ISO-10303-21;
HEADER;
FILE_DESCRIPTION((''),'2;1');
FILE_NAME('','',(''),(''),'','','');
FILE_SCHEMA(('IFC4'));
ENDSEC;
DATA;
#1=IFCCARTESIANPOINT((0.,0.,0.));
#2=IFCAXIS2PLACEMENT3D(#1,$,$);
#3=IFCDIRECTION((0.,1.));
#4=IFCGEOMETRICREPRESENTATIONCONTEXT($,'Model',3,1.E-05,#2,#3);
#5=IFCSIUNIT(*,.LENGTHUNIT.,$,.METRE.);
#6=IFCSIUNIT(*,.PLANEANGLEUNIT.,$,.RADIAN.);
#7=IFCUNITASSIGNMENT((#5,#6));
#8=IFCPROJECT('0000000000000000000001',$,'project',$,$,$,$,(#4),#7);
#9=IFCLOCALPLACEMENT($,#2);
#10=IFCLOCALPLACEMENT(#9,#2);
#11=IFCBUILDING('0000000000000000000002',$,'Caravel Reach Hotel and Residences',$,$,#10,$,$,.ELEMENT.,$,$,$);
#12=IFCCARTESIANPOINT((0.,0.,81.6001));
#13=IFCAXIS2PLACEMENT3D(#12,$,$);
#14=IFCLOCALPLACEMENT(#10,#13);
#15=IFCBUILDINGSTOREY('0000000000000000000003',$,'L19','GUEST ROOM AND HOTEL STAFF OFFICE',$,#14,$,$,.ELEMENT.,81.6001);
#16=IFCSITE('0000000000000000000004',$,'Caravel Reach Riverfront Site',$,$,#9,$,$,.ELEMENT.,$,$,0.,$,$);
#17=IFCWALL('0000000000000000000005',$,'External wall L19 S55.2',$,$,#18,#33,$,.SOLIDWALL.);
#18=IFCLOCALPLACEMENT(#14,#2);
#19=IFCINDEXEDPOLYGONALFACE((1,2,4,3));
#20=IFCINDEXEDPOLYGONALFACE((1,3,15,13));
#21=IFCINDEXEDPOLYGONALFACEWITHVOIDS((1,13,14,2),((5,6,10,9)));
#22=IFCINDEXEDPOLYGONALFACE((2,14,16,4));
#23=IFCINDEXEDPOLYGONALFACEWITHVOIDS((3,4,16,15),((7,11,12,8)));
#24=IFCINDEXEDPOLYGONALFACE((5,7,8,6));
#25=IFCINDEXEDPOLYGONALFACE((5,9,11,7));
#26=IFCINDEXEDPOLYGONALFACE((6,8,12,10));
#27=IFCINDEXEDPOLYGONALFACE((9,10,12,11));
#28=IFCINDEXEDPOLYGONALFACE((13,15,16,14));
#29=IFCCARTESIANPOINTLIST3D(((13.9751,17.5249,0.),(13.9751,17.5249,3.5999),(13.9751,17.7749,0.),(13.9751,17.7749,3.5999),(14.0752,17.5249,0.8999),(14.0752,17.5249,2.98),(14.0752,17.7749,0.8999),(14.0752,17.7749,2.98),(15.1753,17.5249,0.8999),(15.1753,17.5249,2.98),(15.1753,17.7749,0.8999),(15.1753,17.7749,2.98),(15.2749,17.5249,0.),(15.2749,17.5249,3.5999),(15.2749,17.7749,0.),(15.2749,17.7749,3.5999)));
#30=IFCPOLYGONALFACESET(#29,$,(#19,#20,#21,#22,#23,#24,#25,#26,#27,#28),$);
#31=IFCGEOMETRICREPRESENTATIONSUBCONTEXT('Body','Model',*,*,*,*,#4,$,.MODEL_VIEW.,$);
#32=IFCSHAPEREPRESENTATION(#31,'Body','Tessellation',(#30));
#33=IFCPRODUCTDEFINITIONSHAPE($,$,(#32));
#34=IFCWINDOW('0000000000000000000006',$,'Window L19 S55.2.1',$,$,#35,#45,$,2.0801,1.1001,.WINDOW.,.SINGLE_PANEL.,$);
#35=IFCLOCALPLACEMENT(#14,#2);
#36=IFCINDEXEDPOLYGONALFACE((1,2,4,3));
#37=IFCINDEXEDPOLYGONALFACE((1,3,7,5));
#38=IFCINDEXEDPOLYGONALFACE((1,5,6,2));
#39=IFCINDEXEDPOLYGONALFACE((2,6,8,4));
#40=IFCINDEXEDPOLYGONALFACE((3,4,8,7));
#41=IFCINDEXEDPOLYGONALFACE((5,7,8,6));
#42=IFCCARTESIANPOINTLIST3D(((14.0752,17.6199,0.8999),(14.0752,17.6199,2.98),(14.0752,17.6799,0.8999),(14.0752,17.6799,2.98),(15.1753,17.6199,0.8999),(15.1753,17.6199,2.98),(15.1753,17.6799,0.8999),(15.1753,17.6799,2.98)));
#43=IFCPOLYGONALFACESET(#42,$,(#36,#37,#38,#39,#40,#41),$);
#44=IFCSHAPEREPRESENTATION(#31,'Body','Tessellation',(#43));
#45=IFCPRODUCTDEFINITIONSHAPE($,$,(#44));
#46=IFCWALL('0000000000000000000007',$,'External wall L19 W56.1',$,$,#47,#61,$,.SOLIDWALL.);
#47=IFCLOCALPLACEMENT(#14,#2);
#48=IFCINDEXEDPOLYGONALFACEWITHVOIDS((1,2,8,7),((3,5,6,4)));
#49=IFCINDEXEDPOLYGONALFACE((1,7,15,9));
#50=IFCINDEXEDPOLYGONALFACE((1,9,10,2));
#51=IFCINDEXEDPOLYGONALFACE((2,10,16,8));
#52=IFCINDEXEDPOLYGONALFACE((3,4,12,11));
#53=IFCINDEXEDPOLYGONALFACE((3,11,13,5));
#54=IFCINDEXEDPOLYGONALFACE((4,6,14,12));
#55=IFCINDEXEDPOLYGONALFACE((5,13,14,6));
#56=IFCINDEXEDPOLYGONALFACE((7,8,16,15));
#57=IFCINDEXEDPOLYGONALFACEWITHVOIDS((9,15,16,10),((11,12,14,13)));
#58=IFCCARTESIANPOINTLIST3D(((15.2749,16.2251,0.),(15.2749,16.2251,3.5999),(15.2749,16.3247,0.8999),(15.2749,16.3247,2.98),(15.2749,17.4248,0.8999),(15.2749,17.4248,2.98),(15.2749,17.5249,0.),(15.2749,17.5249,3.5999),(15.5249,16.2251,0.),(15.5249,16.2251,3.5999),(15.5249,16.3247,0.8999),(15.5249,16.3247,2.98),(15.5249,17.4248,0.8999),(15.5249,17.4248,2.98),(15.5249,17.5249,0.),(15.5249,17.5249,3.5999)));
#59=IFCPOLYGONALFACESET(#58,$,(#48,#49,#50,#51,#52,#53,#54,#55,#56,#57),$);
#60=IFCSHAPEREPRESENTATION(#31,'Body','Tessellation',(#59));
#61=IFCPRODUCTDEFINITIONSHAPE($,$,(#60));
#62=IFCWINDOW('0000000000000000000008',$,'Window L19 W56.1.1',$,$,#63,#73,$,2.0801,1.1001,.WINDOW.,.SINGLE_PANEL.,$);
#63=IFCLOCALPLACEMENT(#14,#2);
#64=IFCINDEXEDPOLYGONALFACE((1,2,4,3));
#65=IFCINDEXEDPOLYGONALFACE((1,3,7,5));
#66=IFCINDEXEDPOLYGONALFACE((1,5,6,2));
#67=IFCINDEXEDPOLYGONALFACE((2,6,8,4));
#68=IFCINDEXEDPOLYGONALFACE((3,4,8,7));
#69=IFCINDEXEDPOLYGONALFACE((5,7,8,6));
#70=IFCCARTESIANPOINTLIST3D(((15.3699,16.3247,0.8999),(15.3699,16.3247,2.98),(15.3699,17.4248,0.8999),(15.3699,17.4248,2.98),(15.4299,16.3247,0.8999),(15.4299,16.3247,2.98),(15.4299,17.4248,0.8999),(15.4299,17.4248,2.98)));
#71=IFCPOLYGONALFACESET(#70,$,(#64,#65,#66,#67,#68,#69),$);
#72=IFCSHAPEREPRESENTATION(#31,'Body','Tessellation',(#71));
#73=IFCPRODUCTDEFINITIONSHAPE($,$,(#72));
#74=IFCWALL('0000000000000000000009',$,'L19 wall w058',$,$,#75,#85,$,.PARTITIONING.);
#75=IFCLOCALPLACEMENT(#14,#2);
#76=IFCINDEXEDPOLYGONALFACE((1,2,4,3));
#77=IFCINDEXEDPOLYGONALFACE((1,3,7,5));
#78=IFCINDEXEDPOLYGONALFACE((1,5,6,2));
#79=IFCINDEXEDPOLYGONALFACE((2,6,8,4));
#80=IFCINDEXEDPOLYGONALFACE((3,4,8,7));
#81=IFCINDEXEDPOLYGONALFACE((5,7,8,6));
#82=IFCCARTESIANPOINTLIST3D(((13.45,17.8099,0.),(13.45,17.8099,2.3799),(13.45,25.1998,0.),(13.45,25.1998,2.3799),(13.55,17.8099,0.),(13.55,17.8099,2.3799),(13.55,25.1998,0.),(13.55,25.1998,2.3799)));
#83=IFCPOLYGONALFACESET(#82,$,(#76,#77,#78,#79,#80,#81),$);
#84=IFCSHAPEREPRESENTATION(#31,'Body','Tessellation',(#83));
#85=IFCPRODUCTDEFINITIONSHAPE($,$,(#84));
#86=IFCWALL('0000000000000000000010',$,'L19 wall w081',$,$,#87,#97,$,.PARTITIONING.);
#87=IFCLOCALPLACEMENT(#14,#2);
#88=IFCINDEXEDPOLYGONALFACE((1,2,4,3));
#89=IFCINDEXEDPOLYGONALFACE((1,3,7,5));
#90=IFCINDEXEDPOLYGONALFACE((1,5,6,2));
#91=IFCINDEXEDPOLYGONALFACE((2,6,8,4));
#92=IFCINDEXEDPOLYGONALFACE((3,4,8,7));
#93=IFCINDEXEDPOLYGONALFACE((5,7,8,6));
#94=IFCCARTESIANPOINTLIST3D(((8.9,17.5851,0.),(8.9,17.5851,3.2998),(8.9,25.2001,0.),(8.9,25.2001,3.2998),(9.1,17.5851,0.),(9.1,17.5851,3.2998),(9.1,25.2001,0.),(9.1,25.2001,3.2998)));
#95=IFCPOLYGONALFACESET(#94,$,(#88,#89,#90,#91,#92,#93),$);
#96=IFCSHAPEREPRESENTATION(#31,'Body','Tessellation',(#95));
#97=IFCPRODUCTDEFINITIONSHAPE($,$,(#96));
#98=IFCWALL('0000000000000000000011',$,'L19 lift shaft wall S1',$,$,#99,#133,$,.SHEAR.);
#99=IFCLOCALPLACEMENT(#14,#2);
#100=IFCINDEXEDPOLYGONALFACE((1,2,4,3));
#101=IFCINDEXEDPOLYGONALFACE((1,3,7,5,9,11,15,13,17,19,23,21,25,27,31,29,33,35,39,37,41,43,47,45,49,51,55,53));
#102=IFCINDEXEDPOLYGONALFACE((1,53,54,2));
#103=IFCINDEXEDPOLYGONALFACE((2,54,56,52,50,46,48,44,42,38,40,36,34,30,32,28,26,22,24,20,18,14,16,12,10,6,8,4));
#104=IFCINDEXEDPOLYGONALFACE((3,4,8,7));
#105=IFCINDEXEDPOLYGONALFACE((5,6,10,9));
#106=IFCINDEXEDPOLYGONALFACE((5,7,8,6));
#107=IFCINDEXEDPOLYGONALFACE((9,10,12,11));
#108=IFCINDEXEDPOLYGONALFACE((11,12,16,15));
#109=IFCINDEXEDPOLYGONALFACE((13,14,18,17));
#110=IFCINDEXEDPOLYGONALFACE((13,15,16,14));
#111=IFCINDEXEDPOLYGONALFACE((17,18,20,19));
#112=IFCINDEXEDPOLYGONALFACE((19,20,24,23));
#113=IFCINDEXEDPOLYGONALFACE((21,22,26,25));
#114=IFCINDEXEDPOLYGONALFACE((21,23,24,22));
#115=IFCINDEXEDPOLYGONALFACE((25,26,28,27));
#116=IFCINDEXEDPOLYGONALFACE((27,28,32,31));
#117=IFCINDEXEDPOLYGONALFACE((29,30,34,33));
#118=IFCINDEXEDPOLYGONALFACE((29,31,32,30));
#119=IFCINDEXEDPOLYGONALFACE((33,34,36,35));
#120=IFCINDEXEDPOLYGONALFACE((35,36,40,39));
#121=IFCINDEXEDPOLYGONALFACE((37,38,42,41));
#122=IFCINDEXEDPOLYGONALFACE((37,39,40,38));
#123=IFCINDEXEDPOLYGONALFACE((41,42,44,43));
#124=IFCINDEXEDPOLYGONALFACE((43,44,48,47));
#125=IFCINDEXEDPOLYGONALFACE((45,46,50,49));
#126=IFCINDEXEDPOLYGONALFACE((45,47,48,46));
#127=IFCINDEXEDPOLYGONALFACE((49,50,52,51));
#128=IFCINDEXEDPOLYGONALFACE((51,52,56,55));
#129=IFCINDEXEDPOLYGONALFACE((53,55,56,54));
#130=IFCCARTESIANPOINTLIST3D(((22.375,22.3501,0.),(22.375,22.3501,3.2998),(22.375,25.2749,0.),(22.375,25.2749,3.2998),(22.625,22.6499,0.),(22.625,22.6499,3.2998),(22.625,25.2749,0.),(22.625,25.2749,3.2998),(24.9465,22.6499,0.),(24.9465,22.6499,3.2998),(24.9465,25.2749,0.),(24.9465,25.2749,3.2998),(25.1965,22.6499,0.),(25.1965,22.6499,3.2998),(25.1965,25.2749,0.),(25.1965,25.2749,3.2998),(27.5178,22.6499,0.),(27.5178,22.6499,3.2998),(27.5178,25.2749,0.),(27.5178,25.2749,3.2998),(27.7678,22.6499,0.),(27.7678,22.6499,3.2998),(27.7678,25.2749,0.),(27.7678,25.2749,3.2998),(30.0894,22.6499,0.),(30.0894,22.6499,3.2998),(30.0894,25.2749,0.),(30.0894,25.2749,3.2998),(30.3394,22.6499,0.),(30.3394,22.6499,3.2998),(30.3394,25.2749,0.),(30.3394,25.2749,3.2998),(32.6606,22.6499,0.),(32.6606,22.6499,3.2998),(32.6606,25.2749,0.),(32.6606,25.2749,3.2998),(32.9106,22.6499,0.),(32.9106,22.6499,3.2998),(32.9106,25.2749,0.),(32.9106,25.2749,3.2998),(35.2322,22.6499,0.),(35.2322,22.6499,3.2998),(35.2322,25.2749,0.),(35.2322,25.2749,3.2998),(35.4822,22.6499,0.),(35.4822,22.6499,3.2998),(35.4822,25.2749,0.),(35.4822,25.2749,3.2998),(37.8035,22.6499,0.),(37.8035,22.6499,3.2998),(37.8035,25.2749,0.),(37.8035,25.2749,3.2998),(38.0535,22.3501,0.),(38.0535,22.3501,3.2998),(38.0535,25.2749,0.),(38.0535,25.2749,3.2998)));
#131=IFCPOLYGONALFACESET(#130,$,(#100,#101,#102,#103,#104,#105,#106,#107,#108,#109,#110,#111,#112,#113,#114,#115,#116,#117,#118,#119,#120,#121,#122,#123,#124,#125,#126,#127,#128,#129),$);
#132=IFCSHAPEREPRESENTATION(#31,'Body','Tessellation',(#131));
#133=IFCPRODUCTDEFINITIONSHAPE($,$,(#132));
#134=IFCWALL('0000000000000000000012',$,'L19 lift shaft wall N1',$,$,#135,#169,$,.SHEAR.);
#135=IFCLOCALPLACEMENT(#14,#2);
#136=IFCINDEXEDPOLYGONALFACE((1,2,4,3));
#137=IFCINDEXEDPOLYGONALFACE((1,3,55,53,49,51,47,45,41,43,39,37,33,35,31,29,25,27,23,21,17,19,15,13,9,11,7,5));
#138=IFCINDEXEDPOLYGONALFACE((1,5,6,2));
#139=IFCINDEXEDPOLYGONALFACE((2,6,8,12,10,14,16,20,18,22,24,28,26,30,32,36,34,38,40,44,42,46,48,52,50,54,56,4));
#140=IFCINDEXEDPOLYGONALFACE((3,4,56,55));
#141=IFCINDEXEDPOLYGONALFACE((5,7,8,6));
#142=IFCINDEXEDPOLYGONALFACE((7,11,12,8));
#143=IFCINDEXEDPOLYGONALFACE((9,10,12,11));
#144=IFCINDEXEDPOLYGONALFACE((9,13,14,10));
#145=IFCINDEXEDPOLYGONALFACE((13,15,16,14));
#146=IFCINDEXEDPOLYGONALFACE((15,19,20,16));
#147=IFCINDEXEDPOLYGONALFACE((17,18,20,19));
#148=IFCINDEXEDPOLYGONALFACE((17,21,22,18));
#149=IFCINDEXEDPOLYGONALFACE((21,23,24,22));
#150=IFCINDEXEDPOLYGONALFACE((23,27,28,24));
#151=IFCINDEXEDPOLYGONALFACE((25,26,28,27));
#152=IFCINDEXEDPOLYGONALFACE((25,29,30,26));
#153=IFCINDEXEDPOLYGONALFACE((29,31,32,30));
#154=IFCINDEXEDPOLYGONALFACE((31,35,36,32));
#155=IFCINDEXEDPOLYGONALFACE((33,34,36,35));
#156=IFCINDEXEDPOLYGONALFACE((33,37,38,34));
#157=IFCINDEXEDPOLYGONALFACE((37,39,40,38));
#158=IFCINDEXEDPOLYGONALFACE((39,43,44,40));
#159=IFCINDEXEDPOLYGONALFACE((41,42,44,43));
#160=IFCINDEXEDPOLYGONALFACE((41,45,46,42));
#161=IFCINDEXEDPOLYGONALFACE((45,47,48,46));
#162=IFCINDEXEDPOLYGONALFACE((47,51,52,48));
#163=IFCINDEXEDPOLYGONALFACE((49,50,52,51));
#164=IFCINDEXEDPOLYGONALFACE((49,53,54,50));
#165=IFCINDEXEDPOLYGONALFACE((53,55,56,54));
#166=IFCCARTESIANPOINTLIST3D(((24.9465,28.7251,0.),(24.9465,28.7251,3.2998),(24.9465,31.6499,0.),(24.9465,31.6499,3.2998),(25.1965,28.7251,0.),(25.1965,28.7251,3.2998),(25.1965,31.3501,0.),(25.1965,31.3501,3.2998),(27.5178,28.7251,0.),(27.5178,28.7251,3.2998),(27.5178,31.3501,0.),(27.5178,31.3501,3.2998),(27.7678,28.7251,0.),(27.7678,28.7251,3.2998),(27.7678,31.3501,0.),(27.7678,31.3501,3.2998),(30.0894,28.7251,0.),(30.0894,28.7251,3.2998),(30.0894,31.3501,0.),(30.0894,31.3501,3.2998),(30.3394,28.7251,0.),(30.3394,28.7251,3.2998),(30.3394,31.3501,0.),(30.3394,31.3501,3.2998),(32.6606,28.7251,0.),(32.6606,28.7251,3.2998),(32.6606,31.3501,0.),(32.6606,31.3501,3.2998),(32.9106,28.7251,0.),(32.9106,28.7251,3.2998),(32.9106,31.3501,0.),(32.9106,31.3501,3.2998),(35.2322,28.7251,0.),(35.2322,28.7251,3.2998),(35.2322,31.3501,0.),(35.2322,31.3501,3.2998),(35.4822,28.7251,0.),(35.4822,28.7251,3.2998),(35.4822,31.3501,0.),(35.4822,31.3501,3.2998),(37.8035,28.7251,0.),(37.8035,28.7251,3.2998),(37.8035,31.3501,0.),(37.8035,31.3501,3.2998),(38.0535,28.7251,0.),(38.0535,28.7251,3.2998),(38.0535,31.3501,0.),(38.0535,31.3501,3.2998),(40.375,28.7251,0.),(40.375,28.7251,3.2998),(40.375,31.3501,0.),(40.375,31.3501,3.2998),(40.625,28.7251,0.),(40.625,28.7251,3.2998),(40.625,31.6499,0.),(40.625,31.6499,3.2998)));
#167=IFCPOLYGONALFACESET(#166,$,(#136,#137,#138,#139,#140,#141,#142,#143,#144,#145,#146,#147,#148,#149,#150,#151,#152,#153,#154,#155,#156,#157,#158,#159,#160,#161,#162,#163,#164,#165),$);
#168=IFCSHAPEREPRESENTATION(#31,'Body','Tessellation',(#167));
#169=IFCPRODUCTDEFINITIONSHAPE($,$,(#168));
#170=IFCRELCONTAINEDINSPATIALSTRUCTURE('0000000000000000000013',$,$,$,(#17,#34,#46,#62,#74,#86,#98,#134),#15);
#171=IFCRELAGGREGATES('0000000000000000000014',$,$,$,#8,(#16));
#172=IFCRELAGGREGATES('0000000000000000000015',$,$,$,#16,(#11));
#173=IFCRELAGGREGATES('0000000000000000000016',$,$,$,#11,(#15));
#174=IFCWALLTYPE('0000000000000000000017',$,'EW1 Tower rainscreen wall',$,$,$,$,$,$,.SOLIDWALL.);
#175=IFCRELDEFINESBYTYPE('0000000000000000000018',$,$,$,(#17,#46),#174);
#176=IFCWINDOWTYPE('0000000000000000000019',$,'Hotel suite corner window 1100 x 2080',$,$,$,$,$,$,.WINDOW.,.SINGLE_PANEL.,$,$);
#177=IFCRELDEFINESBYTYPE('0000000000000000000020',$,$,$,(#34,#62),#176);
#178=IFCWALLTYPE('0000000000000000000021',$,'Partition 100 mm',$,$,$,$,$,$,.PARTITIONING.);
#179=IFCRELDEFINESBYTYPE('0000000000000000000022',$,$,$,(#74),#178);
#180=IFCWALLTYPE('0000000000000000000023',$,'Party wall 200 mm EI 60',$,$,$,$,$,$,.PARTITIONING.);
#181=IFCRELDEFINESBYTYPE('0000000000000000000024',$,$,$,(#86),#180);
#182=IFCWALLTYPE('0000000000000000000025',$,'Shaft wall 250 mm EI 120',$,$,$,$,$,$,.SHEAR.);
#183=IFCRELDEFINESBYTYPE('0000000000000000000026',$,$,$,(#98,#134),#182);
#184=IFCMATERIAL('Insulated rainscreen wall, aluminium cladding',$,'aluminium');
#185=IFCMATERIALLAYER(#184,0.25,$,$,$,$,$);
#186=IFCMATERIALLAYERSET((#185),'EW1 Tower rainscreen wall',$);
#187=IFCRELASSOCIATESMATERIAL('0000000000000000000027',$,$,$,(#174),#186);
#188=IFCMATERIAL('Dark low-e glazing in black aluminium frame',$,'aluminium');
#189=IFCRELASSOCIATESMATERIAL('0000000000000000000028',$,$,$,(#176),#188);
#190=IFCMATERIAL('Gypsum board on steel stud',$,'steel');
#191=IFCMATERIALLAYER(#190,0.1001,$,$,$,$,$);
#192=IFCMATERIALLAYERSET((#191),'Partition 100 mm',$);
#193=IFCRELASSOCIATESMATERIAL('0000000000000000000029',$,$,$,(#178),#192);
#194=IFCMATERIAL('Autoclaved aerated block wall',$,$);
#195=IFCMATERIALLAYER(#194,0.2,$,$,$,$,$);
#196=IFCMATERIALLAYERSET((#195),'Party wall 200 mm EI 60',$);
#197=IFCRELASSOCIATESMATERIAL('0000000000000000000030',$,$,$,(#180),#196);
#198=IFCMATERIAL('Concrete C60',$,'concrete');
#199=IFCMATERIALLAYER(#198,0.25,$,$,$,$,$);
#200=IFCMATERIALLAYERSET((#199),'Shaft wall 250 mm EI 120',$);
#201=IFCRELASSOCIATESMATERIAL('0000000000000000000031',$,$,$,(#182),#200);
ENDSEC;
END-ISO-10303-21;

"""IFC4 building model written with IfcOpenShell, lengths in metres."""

from ifc_helpers import new_model, si_unit, direction, frame, frame_2d, origin, place, context, subcontext, project, spatial, polyline, rectangle, outline, extrude, material, layer, layer_set, type_object, element, fill, save


model = new_model("IFC4")

# Units and contexts
model_context = context("Model", 3, precision=1e-05, world=origin(), true_north=direction((0.0, 1.0)))
body_context = subcontext(model_context, "Body", "Model", "MODEL_VIEW")
ifc_project = project(units=[si_unit("LENGTHUNIT", "METRE"), si_unit("PLANEANGLEUNIT", "RADIAN")], contexts=[model_context])

# Site, building, storey
site_placement = place(None, origin())
site = spatial("IfcSite", under=ifc_project, at=site_placement, Name="Caravel Reach Riverfront Site", CompositionType="ELEMENT", RefElevation=0.0)
building_placement = place(site_placement, origin())
building = spatial("IfcBuilding", under=site, at=building_placement, Name="Caravel Reach Hotel and Residences", CompositionType="ELEMENT")
storey_placement = place(building_placement, frame((0.0, 0.0, 81.6001)))
storey = spatial("IfcBuildingStorey", under=building, at=storey_placement, Name="L19", Description="GUEST ROOM AND HOTEL STAFF OFFICE", CompositionType="ELEMENT", Elevation=81.6001)

# Shared definitions
ifc_material_1 = material(Name="Insulated rainscreen wall, aluminium cladding", Category="aluminium")
ifc_layer_1 = layer(ifc_material_1, 0.25)
ifc_layer_set_1 = layer_set([ifc_layer_1], Name="EW1 Tower rainscreen wall")
wall_type_1 = type_object("IfcWallType", Name="EW1 Tower rainscreen wall", PredefinedType="SOLIDWALL", material=ifc_layer_set_1)

# Walls, openings, windows
wall_1_placement = place(storey_placement, frame((13.9751, 17.6499, 0.0), z_axis=(0.0, 0.0, 1.0), x_axis=(1.0, 0.0, 0.0)))
wall_1 = element("IfcWall", 1, at=wall_1_placement, inside=storey, type_object=wall_type_1, Name="External wall L19 S55.2", PredefinedType="SOLIDWALL", context=body_context, shape_type="SweptSolid", body=[
    extrude(rectangle(XDim=1.2998, YDim=0.25, at=frame_2d((0.6499, 0.0))), origin(), (0.0, 0.0, 1.0), 3.5999),
])
opening_1_placement = place(wall_1_placement, frame((0.1001, 0.0, 0.8999)))
opening_1 = element("IfcOpeningElement", 2, at=opening_1_placement, cuts=wall_1, PredefinedType="OPENING", context=body_context, shape_type="SweptSolid", body=[
    extrude(rectangle(XDim=1.1001, YDim=2.0801, at=frame_2d((0.55, 1.04))), frame((0.0, 0.135, 0.0), z_axis=(0.0, -1.0, 0.0), x_axis=(1.0, 0.0, 0.0)), (0.0, 0.0, 1.0), 0.27),
])
ifc_material_2 = material(Name="Dark low-e glazing in black aluminium frame", Category="aluminium")
window_type_1 = type_object("IfcWindowType", Name="Hotel suite corner window 1100 x 2080", PartitioningType="SINGLE_PANEL", PredefinedType="WINDOW", material=ifc_material_2)
window_1_placement = place(opening_1_placement, origin())
window_1 = element("IfcWindow", 3, at=window_1_placement, inside=storey, type_object=window_type_1, Name="Window L19 S55.2.1", OverallHeight=2.0801, OverallWidth=1.1001, PartitioningType="SINGLE_PANEL", PredefinedType="WINDOW", context=body_context, shape_type="SweptSolid", body=[
    extrude(rectangle(XDim=1.1001, YDim=2.0801, at=frame_2d((0.55, 1.04))), frame((0.0, 0.03, 0.0), z_axis=(0.0, -1.0, 0.0), x_axis=(1.0, 0.0, 0.0)), (0.0, 0.0, 1.0), 0.0601),
])
fill(opening_1, window_1)
wall_2_placement = place(storey_placement, frame((15.3999, 17.5249, 0.0), z_axis=(0.0, 0.0, 1.0), x_axis=(0.0, -1.0, 0.0)))
wall_2 = element("IfcWall", 4, at=wall_2_placement, inside=storey, type_object=wall_type_1, Name="External wall L19 W56.1", PredefinedType="SOLIDWALL", context=body_context, shape_type="SweptSolid", body=[
    extrude(rectangle(XDim=1.2998, YDim=0.25, at=frame_2d((0.6499, 0.0))), origin(), (0.0, 0.0, 1.0), 3.5999),
])
opening_2_placement = place(wall_2_placement, frame((0.1001, 0.0, 0.8999)))
opening_2 = element("IfcOpeningElement", 5, at=opening_2_placement, cuts=wall_2, PredefinedType="OPENING", context=body_context, shape_type="SweptSolid", body=[
    extrude(rectangle(XDim=1.1001, YDim=2.0801, at=frame_2d((0.55, 1.04))), frame((0.0, 0.135, 0.0), z_axis=(0.0, -1.0, 0.0), x_axis=(1.0, 0.0, 0.0)), (0.0, 0.0, 1.0), 0.27),
])
window_2_placement = place(opening_2_placement, origin())
window_2 = element("IfcWindow", 6, at=window_2_placement, inside=storey, type_object=window_type_1, Name="Window L19 W56.1.1", OverallHeight=2.0801, OverallWidth=1.1001, PartitioningType="SINGLE_PANEL", PredefinedType="WINDOW", context=body_context, shape_type="SweptSolid", body=[
    extrude(rectangle(XDim=1.1001, YDim=2.0801, at=frame_2d((0.55, 1.04))), frame((0.0, 0.03, 0.0), z_axis=(0.0, -1.0, 0.0), x_axis=(1.0, 0.0, 0.0)), (0.0, 0.0, 1.0), 0.0601),
])
fill(opening_2, window_2)

# Walls
ifc_material_3 = material(Name="Gypsum board on steel stud", Category="steel")
ifc_layer_2 = layer(ifc_material_3, 0.1001)
ifc_layer_set_2 = layer_set([ifc_layer_2], Name="Partition 100 mm")
wall_type_2 = type_object("IfcWallType", Name="Partition 100 mm", PredefinedType="PARTITIONING", material=ifc_layer_set_2)
wall_3_placement = place(storey_placement, frame((13.5, 17.8101, 0.0), z_axis=(0.0, 0.0, 1.0), x_axis=(0.0, 1.0, 0.0)))
element("IfcWall", 7, at=wall_3_placement, inside=storey, type_object=wall_type_2, Name="L19 wall w058", PredefinedType="PARTITIONING", context=body_context, shape_type="SweptSolid", body=[
    extrude(rectangle(XDim=7.3899, YDim=0.1001, at=frame_2d((3.6948, 0.0))), origin(), (0.0, 0.0, 1.0), 2.3799),
])
ifc_material_4 = material(Name="Autoclaved aerated block wall")
ifc_layer_3 = layer(ifc_material_4, 0.2)
ifc_layer_set_3 = layer_set([ifc_layer_3], Name="Party wall 200 mm EI 60")
wall_type_3 = type_object("IfcWallType", Name="Party wall 200 mm EI 60", PredefinedType="PARTITIONING", material=ifc_layer_set_3)
wall_4_placement = place(storey_placement, frame((9.0, 17.585, 0.0), z_axis=(0.0, 0.0, 1.0), x_axis=(0.0, 1.0, 0.0)))
element("IfcWall", 8, at=wall_4_placement, inside=storey, type_object=wall_type_3, Name="L19 wall w081", PredefinedType="PARTITIONING", context=body_context, shape_type="SweptSolid", body=[
    extrude(rectangle(XDim=7.615, YDim=0.2, at=frame_2d((3.8076, 0.0))), origin(), (0.0, 0.0, 1.0), 3.2998),
])
ifc_material_5 = material(Name="Concrete C60", Category="concrete")
ifc_layer_4 = layer(ifc_material_5, 0.25)
ifc_layer_set_4 = layer_set([ifc_layer_4], Name="Shaft wall 250 mm EI 120")
wall_type_4 = type_object("IfcWallType", Name="Shaft wall 250 mm EI 120", PredefinedType="SHEAR", material=ifc_layer_set_4)
wall_5_placement = place(storey_placement, origin())
element("IfcWall", 9, at=wall_5_placement, inside=storey, type_object=wall_type_4, Name="L19 lift shaft wall S1", PredefinedType="SHEAR", context=body_context, shape_type="SweptSolid", body=[
    extrude(outline(polyline([(22.375, 22.3501), (38.0535, 22.3501), (38.0535, 25.2749), (37.8035, 25.2749), (37.8035, 22.6499), (35.4822, 22.6499), (35.4822, 25.2749), (35.2322, 25.2749), (35.2322, 22.6499), (32.9106, 22.6499), (32.9106, 25.2749), (32.6606, 25.2749), (32.6606, 22.6499), (30.3394, 22.6499), (30.3394, 25.2749), (30.0894, 25.2749), (30.0894, 22.6499), (27.7678, 22.6499), (27.7678, 25.2749), (27.5178, 25.2749), (27.5178, 22.6499), (25.1965, 22.6499), (25.1965, 25.2749), (24.9465, 25.2749), (24.9465, 22.6499), (22.625, 22.6499), (22.625, 25.2749), (22.375, 25.2749), (22.375, 22.3501)])), origin(), (0.0, 0.0, 1.0), 3.2998),
])
wall_6_placement = place(storey_placement, origin())
element("IfcWall", 10, at=wall_6_placement, inside=storey, type_object=wall_type_4, Name="L19 lift shaft wall N1", PredefinedType="SHEAR", context=body_context, shape_type="SweptSolid", body=[
    extrude(outline(polyline([(24.9465, 28.7251), (25.1965, 28.7251), (25.1965, 31.3501), (27.5178, 31.3501), (27.5178, 28.7251), (27.7678, 28.7251), (27.7678, 31.3501), (30.0894, 31.3501), (30.0894, 28.7251), (30.3394, 28.7251), (30.3394, 31.3501), (32.6606, 31.3501), (32.6606, 28.7251), (32.9106, 28.7251), (32.9106, 31.3501), (35.2322, 31.3501), (35.2322, 28.7251), (35.4822, 28.7251), (35.4822, 31.3501), (37.8035, 31.3501), (37.8035, 28.7251), (38.0535, 28.7251), (38.0535, 31.3501), (40.375, 31.3501), (40.375, 28.7251), (40.625, 28.7251), (40.625, 31.6499), (24.9465, 31.6499), (24.9465, 28.7251)])), origin(), (0.0, 0.0, 1.0), 3.2998),
])

save(model, "model.ifc")
